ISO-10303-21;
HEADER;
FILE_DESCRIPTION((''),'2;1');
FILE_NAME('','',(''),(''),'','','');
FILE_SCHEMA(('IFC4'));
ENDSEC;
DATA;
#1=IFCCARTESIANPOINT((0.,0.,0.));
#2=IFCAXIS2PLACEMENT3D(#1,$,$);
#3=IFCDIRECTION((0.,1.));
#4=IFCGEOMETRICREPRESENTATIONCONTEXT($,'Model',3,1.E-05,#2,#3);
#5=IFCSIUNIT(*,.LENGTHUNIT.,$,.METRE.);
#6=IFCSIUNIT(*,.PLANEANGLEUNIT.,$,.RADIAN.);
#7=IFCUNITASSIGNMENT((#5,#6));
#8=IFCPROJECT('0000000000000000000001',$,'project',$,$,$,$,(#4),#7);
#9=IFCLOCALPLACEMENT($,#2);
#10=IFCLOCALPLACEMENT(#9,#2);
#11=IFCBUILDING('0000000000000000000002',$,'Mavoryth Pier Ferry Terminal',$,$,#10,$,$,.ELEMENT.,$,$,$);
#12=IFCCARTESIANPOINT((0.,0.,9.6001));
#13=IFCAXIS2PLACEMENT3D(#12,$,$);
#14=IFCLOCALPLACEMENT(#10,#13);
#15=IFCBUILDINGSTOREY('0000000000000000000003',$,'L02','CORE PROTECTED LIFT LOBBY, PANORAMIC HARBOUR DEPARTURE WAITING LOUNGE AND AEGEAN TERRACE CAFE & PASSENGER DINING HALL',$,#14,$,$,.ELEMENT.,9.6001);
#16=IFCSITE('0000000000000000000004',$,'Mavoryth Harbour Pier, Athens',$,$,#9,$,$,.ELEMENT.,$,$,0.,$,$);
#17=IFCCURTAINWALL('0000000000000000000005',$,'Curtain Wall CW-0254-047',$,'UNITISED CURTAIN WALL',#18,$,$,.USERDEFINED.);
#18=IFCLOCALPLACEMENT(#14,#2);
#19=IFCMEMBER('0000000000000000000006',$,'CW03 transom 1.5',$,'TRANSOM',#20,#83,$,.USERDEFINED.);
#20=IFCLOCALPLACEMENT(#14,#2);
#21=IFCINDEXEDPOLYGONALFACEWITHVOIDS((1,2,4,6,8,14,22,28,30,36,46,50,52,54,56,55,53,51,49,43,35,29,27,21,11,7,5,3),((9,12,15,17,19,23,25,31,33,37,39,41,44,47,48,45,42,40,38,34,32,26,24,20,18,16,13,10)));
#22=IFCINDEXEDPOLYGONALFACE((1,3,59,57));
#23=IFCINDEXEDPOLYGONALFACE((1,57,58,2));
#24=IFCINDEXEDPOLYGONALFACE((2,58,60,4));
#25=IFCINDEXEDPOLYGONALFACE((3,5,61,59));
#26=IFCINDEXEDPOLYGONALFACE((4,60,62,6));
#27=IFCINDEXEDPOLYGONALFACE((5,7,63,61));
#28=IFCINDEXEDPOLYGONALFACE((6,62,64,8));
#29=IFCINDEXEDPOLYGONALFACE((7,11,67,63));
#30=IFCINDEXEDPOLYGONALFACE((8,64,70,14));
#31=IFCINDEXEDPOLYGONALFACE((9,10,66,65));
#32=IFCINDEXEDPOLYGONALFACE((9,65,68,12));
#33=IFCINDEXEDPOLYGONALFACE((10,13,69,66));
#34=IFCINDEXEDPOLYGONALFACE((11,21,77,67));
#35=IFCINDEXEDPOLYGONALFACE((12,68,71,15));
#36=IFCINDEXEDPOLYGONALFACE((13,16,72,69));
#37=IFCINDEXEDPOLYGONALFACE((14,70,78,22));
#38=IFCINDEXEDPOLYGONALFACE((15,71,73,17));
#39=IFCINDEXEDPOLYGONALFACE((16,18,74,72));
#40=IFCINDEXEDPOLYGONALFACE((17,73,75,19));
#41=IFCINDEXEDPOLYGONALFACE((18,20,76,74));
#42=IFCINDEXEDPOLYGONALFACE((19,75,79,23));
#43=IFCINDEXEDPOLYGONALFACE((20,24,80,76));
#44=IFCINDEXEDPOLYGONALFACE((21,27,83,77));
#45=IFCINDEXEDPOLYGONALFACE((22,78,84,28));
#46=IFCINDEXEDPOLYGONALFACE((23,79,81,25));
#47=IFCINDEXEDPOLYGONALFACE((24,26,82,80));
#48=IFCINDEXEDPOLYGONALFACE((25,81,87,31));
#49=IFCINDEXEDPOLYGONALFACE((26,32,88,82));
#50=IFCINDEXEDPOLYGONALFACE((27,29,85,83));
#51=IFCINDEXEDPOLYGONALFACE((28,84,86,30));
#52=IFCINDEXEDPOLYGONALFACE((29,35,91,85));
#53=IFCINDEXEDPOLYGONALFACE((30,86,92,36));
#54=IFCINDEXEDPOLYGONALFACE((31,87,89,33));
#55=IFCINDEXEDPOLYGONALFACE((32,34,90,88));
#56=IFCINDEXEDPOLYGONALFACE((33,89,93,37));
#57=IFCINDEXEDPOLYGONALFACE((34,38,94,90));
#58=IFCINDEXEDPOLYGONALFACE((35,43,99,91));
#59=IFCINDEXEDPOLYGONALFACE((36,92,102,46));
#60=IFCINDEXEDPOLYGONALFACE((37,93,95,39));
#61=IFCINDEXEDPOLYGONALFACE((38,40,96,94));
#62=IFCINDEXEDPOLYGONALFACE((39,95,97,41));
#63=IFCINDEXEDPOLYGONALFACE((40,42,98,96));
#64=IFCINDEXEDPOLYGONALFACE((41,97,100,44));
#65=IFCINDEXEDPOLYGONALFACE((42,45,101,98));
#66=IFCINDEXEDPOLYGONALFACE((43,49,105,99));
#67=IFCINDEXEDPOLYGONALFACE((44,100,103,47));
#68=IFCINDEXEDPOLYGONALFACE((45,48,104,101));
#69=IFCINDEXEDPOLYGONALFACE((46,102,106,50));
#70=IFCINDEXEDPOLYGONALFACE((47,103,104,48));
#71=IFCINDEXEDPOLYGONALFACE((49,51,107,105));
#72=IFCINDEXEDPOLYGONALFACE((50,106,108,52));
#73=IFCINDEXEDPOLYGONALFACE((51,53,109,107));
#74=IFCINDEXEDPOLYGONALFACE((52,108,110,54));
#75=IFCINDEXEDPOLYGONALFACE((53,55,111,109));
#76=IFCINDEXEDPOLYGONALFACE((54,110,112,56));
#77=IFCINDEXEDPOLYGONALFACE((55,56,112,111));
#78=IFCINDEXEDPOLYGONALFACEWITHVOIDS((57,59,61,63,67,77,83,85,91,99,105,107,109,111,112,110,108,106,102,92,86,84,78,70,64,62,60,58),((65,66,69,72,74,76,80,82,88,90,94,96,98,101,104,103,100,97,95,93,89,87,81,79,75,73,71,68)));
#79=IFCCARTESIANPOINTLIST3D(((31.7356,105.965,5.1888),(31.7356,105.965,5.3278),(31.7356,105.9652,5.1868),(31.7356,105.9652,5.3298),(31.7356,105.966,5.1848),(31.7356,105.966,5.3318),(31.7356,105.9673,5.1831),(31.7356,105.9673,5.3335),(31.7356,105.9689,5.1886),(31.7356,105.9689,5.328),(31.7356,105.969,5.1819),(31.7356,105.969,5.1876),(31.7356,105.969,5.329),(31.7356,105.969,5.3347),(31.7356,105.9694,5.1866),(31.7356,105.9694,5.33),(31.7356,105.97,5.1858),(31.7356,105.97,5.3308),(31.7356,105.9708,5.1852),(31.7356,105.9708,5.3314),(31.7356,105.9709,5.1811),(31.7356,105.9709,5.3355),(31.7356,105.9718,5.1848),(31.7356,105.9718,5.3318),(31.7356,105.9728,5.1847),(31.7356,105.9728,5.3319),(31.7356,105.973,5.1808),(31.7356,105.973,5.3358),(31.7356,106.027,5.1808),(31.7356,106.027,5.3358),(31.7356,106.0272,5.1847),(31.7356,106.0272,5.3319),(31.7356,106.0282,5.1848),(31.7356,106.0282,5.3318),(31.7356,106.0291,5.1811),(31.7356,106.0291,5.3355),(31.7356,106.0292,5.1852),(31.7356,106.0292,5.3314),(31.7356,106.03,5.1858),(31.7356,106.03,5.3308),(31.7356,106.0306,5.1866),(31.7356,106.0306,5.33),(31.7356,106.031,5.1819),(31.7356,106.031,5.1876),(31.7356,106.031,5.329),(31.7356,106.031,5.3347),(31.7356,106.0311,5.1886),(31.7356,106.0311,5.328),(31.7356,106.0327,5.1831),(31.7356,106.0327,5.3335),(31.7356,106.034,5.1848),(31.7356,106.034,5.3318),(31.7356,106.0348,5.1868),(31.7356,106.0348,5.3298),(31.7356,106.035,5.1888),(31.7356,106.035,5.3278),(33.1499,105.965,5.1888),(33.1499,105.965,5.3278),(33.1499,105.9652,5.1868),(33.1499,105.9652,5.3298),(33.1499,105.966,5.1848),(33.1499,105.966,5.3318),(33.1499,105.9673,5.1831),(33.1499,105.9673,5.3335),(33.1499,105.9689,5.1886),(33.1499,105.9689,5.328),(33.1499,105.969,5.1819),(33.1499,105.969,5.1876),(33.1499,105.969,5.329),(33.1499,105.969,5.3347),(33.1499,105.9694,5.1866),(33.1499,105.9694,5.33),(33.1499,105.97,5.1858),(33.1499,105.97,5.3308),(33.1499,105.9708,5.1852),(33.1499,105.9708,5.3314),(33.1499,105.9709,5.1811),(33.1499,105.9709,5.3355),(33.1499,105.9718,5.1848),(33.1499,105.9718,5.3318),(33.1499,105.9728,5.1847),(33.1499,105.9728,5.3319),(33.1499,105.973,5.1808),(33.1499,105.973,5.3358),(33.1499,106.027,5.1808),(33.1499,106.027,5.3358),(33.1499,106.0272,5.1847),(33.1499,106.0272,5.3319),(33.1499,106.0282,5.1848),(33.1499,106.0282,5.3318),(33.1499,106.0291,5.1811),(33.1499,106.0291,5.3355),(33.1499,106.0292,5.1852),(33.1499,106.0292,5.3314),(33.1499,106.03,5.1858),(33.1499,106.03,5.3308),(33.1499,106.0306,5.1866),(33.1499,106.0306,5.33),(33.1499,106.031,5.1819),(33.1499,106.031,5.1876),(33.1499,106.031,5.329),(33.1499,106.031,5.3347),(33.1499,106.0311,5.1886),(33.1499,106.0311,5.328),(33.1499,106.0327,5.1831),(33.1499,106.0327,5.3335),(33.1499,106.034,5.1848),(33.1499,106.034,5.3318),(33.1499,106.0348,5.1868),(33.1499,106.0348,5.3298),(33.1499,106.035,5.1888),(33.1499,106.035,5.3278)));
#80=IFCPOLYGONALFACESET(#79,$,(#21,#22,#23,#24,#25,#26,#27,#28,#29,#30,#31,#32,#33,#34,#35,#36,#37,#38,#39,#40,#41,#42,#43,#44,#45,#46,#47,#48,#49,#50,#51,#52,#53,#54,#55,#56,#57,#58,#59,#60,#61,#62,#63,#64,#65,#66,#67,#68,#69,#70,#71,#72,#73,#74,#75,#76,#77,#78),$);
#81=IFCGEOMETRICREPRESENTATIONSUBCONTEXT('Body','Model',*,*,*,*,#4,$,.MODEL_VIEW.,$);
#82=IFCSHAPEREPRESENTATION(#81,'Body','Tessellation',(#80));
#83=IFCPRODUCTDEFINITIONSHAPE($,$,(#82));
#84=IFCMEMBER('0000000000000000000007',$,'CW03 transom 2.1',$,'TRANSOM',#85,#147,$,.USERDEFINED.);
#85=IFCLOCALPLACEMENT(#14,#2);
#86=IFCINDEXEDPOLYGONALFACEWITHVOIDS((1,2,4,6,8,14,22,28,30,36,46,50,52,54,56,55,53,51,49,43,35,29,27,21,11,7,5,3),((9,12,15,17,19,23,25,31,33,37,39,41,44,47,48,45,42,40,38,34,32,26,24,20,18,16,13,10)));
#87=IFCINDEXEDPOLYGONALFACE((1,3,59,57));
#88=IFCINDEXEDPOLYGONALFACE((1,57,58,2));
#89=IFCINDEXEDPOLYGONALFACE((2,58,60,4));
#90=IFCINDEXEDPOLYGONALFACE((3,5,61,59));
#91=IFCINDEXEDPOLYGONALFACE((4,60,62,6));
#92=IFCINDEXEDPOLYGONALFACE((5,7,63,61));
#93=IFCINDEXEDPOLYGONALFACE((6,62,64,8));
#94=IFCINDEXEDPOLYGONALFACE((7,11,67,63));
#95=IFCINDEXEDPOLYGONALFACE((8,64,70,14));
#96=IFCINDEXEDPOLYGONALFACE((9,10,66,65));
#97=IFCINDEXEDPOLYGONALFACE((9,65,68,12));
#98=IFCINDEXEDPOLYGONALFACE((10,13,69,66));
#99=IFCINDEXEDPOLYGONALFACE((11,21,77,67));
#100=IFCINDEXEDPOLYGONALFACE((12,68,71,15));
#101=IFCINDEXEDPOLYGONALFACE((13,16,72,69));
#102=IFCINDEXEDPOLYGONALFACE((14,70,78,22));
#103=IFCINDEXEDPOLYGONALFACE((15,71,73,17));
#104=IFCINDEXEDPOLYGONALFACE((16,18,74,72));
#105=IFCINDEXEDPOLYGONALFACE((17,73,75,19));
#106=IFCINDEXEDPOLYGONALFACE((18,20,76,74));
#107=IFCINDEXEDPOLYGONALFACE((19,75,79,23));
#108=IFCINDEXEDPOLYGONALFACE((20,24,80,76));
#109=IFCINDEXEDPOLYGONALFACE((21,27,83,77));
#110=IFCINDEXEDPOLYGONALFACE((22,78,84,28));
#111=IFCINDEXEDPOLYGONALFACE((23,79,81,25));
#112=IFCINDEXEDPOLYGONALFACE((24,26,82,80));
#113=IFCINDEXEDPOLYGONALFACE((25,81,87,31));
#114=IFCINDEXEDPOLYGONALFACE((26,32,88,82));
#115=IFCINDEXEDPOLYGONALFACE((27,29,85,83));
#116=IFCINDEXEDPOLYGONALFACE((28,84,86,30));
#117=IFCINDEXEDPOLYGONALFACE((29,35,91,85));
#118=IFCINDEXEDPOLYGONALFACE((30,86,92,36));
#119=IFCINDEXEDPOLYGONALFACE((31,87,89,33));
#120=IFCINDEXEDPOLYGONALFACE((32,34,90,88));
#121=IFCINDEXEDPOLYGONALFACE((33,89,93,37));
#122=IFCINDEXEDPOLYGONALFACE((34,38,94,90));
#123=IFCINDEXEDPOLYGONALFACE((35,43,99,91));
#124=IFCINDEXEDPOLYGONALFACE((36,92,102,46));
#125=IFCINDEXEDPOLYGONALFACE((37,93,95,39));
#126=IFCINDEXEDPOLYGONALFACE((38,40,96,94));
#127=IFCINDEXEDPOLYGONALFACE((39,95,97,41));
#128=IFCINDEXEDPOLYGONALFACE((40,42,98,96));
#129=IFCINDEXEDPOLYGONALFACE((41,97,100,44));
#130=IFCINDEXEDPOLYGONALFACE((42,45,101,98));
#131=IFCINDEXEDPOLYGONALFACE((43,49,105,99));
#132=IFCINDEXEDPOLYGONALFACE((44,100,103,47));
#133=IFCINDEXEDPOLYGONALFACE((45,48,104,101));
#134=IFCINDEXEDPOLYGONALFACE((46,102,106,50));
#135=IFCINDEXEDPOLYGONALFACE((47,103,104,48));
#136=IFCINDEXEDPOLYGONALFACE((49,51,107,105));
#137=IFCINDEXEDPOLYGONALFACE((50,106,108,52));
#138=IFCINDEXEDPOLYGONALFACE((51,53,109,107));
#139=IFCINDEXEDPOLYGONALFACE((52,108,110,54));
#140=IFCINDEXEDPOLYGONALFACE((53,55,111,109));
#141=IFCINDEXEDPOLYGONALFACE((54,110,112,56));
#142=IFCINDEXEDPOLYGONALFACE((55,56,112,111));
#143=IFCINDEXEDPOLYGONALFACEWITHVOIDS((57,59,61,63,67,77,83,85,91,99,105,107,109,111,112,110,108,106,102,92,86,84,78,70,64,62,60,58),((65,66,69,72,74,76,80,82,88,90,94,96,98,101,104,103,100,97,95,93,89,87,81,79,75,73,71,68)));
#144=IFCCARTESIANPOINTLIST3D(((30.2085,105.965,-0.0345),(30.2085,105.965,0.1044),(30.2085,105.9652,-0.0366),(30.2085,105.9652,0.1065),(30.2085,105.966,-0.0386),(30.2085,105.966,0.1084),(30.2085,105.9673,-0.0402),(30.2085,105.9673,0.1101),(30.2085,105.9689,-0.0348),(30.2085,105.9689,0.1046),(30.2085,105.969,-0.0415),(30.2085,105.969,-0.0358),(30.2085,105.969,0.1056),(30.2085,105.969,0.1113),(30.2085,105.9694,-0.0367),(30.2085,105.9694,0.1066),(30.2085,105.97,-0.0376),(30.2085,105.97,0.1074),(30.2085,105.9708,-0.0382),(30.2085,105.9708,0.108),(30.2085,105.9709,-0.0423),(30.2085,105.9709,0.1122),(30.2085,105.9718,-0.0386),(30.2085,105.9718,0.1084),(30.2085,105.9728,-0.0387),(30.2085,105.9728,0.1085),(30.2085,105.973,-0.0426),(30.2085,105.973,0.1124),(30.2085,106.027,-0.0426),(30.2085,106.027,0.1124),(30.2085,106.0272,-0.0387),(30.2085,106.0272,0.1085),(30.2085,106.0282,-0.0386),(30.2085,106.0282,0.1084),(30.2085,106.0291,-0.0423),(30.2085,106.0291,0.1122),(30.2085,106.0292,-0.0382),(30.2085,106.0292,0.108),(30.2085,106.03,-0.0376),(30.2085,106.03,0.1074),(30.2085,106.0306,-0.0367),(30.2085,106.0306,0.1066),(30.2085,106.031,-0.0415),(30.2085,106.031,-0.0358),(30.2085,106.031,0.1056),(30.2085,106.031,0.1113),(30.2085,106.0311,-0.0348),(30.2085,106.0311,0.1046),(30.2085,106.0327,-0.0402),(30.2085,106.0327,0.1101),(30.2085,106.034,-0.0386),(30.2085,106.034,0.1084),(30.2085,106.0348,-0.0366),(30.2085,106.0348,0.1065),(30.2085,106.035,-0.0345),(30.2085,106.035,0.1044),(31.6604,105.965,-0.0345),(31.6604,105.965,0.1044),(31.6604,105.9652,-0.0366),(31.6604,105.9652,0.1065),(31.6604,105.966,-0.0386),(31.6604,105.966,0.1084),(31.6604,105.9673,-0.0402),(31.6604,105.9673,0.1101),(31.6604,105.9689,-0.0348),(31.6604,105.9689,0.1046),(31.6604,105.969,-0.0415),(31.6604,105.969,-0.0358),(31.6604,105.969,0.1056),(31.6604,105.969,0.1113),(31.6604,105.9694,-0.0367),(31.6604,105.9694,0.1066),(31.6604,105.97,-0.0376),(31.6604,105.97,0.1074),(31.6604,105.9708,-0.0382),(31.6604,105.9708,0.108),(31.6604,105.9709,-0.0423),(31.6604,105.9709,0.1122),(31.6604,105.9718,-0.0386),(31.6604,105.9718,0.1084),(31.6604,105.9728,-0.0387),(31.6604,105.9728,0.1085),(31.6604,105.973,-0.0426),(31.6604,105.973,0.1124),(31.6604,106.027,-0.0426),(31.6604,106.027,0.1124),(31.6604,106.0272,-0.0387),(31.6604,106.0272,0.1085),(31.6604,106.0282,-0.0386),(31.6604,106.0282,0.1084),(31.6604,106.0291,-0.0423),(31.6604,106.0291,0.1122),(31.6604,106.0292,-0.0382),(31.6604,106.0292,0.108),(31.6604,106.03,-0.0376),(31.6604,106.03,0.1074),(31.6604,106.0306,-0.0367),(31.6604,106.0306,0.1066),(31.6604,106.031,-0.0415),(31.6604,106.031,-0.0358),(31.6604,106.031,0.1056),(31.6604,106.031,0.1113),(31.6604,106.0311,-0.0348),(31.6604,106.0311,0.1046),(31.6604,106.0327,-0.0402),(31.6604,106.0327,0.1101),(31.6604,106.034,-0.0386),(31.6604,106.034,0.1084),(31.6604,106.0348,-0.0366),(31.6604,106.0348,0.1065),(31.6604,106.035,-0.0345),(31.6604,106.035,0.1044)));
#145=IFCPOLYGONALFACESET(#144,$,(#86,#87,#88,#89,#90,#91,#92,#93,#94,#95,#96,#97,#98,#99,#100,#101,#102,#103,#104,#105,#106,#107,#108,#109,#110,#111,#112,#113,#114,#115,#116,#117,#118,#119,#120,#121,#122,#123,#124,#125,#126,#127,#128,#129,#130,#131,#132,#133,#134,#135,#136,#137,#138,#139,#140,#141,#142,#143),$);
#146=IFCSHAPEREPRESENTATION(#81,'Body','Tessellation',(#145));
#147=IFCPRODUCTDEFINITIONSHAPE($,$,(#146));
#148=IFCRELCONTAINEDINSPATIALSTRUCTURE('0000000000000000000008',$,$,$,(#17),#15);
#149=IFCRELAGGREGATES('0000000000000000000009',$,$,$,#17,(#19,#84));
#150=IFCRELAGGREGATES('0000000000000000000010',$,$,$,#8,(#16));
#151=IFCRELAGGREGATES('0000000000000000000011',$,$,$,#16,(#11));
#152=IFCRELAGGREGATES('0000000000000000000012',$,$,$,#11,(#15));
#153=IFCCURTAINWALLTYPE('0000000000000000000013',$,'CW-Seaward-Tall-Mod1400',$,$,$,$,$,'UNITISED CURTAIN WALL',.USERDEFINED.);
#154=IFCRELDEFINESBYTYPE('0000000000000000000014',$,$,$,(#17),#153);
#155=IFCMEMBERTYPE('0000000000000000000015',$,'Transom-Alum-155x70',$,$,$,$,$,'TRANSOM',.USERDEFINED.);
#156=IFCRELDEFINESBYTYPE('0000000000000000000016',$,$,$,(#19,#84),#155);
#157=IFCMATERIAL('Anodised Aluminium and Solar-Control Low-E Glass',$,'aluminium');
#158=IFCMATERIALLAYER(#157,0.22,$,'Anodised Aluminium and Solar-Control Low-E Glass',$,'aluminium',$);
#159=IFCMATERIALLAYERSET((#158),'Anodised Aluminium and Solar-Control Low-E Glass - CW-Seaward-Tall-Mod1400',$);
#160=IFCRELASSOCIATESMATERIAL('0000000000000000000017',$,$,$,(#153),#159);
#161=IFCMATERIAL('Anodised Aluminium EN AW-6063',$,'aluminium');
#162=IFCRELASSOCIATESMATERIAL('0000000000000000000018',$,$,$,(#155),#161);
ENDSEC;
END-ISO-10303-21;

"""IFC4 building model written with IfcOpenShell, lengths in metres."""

from ifc_helpers import new_model, si_unit, direction, frame, origin, origin_2d, place, context, subcontext, project, spatial, hollow_rectangle, extrude, material, layer, layer_set, material_profile, profile_set, type_object, element, aggregate, save


model = new_model("IFC4")

# Units and contexts
model_context = context("Model", 3, precision=1e-05, world=origin(), true_north=direction((0.0, 1.0)))
body_context = subcontext(model_context, "Body", "Model", "MODEL_VIEW")
ifc_project = project(units=[si_unit("LENGTHUNIT", "METRE"), si_unit("PLANEANGLEUNIT", "RADIAN")], contexts=[model_context])

# Site, building, storey
site_placement = place(None, origin())
site = spatial("IfcSite", under=ifc_project, at=site_placement, Name="Mavoryth Harbour Pier, Athens", CompositionType="ELEMENT", RefElevation=0.0)
building_placement = place(site_placement, origin())
building = spatial("IfcBuilding", under=site, at=building_placement, Name="Mavoryth Pier Ferry Terminal", CompositionType="ELEMENT")
storey_placement = place(building_placement, frame((0.0, 0.0, 9.6001)))
storey = spatial("IfcBuildingStorey", under=building, at=storey_placement, Name="L02", Description="CORE PROTECTED LIFT LOBBY, PANORAMIC HARBOUR DEPARTURE WAITING LOUNGE AND AEGEAN TERRACE CAFE & PASSENGER DINING HALL", CompositionType="ELEMENT", Elevation=9.6001)

# Curtain wall
ifc_material_1 = material(Name="Anodised Aluminium and Solar-Control Low-E Glass", Category="aluminium")
ifc_layer_1 = layer(ifc_material_1, 0.22, Name="Anodised Aluminium and Solar-Control Low-E Glass", Category="aluminium")
ifc_layer_set_1 = layer_set([ifc_layer_1], Name="Anodised Aluminium and Solar-Control Low-E Glass - CW-Seaward-Tall-Mod1400")
curtain_wall_type = type_object("IfcCurtainWallType", Name="CW-Seaward-Tall-Mod1400", ElementType="UNITISED CURTAIN WALL", PredefinedType="USERDEFINED", material=ifc_layer_set_1)
curtain_wall_placement = place(storey_placement, origin())
curtain_wall = element("IfcCurtainWall", 1, at=curtain_wall_placement, inside=storey, type_object=curtain_wall_type, Name="Curtain Wall CW-0254-047", ObjectType="UNITISED CURTAIN WALL", PredefinedType="USERDEFINED")
ifc_material_2 = material(Name="Anodised Aluminium EN AW-6063", Category="aluminium")

# Members
ifc_material_profile_1 = material_profile(ifc_material_2, hollow_rectangle(XDim=0.0701, YDim=0.155, WallThickness=0.0039, InnerFilletRadius=0.0039, OuterFilletRadius=0.0081, at=origin_2d()), Name="AL-TRAN 155x70x4", Category="aluminium")
ifc_profile_set_1 = profile_set([ifc_material_profile_1], Name="Anodised Aluminium EN AW-6063 - AL-TRAN 155x70x4")
member_type_1 = type_object("IfcMemberType", Name="Transom-Alum-155x70", ElementType="TRANSOM", PredefinedType="USERDEFINED", material=ifc_profile_set_1)
member_1_placement = place(storey_placement, frame((33.1499, 106.0, 5.2583), z_axis=(-1.0, 0.0, 0.0), x_axis=(0.0, -1.0, 0.0)))
member_1 = element("IfcMember", 2, at=member_1_placement, type_object=member_type_1, Name="CW03 transom 1.5", ObjectType="TRANSOM", PredefinedType="USERDEFINED", context=body_context, shape_type="SweptSolid", body=[
    extrude(hollow_rectangle(XDim=0.0701, YDim=0.155, WallThickness=0.0039, InnerFilletRadius=0.0039, OuterFilletRadius=0.0081, at=origin_2d()), origin(), (0.0, 0.0, 1.0), 1.4143),
])
member_2_placement = place(storey_placement, frame((31.6604, 106.0, 0.0349), z_axis=(-1.0, 0.0, 0.0), x_axis=(0.0, -1.0, 0.0)))
member_2 = element("IfcMember", 3, at=member_2_placement, type_object=member_type_1, Name="CW03 transom 2.1", ObjectType="TRANSOM", PredefinedType="USERDEFINED", context=body_context, shape_type="SweptSolid", body=[
    extrude(hollow_rectangle(XDim=0.0701, YDim=0.155, WallThickness=0.0039, InnerFilletRadius=0.0039, OuterFilletRadius=0.0081, at=origin_2d()), origin(), (0.0, 0.0, 1.0), 1.4519),
])

aggregate(curtain_wall, [member_1, member_2])

save(model, "model.ifc")
